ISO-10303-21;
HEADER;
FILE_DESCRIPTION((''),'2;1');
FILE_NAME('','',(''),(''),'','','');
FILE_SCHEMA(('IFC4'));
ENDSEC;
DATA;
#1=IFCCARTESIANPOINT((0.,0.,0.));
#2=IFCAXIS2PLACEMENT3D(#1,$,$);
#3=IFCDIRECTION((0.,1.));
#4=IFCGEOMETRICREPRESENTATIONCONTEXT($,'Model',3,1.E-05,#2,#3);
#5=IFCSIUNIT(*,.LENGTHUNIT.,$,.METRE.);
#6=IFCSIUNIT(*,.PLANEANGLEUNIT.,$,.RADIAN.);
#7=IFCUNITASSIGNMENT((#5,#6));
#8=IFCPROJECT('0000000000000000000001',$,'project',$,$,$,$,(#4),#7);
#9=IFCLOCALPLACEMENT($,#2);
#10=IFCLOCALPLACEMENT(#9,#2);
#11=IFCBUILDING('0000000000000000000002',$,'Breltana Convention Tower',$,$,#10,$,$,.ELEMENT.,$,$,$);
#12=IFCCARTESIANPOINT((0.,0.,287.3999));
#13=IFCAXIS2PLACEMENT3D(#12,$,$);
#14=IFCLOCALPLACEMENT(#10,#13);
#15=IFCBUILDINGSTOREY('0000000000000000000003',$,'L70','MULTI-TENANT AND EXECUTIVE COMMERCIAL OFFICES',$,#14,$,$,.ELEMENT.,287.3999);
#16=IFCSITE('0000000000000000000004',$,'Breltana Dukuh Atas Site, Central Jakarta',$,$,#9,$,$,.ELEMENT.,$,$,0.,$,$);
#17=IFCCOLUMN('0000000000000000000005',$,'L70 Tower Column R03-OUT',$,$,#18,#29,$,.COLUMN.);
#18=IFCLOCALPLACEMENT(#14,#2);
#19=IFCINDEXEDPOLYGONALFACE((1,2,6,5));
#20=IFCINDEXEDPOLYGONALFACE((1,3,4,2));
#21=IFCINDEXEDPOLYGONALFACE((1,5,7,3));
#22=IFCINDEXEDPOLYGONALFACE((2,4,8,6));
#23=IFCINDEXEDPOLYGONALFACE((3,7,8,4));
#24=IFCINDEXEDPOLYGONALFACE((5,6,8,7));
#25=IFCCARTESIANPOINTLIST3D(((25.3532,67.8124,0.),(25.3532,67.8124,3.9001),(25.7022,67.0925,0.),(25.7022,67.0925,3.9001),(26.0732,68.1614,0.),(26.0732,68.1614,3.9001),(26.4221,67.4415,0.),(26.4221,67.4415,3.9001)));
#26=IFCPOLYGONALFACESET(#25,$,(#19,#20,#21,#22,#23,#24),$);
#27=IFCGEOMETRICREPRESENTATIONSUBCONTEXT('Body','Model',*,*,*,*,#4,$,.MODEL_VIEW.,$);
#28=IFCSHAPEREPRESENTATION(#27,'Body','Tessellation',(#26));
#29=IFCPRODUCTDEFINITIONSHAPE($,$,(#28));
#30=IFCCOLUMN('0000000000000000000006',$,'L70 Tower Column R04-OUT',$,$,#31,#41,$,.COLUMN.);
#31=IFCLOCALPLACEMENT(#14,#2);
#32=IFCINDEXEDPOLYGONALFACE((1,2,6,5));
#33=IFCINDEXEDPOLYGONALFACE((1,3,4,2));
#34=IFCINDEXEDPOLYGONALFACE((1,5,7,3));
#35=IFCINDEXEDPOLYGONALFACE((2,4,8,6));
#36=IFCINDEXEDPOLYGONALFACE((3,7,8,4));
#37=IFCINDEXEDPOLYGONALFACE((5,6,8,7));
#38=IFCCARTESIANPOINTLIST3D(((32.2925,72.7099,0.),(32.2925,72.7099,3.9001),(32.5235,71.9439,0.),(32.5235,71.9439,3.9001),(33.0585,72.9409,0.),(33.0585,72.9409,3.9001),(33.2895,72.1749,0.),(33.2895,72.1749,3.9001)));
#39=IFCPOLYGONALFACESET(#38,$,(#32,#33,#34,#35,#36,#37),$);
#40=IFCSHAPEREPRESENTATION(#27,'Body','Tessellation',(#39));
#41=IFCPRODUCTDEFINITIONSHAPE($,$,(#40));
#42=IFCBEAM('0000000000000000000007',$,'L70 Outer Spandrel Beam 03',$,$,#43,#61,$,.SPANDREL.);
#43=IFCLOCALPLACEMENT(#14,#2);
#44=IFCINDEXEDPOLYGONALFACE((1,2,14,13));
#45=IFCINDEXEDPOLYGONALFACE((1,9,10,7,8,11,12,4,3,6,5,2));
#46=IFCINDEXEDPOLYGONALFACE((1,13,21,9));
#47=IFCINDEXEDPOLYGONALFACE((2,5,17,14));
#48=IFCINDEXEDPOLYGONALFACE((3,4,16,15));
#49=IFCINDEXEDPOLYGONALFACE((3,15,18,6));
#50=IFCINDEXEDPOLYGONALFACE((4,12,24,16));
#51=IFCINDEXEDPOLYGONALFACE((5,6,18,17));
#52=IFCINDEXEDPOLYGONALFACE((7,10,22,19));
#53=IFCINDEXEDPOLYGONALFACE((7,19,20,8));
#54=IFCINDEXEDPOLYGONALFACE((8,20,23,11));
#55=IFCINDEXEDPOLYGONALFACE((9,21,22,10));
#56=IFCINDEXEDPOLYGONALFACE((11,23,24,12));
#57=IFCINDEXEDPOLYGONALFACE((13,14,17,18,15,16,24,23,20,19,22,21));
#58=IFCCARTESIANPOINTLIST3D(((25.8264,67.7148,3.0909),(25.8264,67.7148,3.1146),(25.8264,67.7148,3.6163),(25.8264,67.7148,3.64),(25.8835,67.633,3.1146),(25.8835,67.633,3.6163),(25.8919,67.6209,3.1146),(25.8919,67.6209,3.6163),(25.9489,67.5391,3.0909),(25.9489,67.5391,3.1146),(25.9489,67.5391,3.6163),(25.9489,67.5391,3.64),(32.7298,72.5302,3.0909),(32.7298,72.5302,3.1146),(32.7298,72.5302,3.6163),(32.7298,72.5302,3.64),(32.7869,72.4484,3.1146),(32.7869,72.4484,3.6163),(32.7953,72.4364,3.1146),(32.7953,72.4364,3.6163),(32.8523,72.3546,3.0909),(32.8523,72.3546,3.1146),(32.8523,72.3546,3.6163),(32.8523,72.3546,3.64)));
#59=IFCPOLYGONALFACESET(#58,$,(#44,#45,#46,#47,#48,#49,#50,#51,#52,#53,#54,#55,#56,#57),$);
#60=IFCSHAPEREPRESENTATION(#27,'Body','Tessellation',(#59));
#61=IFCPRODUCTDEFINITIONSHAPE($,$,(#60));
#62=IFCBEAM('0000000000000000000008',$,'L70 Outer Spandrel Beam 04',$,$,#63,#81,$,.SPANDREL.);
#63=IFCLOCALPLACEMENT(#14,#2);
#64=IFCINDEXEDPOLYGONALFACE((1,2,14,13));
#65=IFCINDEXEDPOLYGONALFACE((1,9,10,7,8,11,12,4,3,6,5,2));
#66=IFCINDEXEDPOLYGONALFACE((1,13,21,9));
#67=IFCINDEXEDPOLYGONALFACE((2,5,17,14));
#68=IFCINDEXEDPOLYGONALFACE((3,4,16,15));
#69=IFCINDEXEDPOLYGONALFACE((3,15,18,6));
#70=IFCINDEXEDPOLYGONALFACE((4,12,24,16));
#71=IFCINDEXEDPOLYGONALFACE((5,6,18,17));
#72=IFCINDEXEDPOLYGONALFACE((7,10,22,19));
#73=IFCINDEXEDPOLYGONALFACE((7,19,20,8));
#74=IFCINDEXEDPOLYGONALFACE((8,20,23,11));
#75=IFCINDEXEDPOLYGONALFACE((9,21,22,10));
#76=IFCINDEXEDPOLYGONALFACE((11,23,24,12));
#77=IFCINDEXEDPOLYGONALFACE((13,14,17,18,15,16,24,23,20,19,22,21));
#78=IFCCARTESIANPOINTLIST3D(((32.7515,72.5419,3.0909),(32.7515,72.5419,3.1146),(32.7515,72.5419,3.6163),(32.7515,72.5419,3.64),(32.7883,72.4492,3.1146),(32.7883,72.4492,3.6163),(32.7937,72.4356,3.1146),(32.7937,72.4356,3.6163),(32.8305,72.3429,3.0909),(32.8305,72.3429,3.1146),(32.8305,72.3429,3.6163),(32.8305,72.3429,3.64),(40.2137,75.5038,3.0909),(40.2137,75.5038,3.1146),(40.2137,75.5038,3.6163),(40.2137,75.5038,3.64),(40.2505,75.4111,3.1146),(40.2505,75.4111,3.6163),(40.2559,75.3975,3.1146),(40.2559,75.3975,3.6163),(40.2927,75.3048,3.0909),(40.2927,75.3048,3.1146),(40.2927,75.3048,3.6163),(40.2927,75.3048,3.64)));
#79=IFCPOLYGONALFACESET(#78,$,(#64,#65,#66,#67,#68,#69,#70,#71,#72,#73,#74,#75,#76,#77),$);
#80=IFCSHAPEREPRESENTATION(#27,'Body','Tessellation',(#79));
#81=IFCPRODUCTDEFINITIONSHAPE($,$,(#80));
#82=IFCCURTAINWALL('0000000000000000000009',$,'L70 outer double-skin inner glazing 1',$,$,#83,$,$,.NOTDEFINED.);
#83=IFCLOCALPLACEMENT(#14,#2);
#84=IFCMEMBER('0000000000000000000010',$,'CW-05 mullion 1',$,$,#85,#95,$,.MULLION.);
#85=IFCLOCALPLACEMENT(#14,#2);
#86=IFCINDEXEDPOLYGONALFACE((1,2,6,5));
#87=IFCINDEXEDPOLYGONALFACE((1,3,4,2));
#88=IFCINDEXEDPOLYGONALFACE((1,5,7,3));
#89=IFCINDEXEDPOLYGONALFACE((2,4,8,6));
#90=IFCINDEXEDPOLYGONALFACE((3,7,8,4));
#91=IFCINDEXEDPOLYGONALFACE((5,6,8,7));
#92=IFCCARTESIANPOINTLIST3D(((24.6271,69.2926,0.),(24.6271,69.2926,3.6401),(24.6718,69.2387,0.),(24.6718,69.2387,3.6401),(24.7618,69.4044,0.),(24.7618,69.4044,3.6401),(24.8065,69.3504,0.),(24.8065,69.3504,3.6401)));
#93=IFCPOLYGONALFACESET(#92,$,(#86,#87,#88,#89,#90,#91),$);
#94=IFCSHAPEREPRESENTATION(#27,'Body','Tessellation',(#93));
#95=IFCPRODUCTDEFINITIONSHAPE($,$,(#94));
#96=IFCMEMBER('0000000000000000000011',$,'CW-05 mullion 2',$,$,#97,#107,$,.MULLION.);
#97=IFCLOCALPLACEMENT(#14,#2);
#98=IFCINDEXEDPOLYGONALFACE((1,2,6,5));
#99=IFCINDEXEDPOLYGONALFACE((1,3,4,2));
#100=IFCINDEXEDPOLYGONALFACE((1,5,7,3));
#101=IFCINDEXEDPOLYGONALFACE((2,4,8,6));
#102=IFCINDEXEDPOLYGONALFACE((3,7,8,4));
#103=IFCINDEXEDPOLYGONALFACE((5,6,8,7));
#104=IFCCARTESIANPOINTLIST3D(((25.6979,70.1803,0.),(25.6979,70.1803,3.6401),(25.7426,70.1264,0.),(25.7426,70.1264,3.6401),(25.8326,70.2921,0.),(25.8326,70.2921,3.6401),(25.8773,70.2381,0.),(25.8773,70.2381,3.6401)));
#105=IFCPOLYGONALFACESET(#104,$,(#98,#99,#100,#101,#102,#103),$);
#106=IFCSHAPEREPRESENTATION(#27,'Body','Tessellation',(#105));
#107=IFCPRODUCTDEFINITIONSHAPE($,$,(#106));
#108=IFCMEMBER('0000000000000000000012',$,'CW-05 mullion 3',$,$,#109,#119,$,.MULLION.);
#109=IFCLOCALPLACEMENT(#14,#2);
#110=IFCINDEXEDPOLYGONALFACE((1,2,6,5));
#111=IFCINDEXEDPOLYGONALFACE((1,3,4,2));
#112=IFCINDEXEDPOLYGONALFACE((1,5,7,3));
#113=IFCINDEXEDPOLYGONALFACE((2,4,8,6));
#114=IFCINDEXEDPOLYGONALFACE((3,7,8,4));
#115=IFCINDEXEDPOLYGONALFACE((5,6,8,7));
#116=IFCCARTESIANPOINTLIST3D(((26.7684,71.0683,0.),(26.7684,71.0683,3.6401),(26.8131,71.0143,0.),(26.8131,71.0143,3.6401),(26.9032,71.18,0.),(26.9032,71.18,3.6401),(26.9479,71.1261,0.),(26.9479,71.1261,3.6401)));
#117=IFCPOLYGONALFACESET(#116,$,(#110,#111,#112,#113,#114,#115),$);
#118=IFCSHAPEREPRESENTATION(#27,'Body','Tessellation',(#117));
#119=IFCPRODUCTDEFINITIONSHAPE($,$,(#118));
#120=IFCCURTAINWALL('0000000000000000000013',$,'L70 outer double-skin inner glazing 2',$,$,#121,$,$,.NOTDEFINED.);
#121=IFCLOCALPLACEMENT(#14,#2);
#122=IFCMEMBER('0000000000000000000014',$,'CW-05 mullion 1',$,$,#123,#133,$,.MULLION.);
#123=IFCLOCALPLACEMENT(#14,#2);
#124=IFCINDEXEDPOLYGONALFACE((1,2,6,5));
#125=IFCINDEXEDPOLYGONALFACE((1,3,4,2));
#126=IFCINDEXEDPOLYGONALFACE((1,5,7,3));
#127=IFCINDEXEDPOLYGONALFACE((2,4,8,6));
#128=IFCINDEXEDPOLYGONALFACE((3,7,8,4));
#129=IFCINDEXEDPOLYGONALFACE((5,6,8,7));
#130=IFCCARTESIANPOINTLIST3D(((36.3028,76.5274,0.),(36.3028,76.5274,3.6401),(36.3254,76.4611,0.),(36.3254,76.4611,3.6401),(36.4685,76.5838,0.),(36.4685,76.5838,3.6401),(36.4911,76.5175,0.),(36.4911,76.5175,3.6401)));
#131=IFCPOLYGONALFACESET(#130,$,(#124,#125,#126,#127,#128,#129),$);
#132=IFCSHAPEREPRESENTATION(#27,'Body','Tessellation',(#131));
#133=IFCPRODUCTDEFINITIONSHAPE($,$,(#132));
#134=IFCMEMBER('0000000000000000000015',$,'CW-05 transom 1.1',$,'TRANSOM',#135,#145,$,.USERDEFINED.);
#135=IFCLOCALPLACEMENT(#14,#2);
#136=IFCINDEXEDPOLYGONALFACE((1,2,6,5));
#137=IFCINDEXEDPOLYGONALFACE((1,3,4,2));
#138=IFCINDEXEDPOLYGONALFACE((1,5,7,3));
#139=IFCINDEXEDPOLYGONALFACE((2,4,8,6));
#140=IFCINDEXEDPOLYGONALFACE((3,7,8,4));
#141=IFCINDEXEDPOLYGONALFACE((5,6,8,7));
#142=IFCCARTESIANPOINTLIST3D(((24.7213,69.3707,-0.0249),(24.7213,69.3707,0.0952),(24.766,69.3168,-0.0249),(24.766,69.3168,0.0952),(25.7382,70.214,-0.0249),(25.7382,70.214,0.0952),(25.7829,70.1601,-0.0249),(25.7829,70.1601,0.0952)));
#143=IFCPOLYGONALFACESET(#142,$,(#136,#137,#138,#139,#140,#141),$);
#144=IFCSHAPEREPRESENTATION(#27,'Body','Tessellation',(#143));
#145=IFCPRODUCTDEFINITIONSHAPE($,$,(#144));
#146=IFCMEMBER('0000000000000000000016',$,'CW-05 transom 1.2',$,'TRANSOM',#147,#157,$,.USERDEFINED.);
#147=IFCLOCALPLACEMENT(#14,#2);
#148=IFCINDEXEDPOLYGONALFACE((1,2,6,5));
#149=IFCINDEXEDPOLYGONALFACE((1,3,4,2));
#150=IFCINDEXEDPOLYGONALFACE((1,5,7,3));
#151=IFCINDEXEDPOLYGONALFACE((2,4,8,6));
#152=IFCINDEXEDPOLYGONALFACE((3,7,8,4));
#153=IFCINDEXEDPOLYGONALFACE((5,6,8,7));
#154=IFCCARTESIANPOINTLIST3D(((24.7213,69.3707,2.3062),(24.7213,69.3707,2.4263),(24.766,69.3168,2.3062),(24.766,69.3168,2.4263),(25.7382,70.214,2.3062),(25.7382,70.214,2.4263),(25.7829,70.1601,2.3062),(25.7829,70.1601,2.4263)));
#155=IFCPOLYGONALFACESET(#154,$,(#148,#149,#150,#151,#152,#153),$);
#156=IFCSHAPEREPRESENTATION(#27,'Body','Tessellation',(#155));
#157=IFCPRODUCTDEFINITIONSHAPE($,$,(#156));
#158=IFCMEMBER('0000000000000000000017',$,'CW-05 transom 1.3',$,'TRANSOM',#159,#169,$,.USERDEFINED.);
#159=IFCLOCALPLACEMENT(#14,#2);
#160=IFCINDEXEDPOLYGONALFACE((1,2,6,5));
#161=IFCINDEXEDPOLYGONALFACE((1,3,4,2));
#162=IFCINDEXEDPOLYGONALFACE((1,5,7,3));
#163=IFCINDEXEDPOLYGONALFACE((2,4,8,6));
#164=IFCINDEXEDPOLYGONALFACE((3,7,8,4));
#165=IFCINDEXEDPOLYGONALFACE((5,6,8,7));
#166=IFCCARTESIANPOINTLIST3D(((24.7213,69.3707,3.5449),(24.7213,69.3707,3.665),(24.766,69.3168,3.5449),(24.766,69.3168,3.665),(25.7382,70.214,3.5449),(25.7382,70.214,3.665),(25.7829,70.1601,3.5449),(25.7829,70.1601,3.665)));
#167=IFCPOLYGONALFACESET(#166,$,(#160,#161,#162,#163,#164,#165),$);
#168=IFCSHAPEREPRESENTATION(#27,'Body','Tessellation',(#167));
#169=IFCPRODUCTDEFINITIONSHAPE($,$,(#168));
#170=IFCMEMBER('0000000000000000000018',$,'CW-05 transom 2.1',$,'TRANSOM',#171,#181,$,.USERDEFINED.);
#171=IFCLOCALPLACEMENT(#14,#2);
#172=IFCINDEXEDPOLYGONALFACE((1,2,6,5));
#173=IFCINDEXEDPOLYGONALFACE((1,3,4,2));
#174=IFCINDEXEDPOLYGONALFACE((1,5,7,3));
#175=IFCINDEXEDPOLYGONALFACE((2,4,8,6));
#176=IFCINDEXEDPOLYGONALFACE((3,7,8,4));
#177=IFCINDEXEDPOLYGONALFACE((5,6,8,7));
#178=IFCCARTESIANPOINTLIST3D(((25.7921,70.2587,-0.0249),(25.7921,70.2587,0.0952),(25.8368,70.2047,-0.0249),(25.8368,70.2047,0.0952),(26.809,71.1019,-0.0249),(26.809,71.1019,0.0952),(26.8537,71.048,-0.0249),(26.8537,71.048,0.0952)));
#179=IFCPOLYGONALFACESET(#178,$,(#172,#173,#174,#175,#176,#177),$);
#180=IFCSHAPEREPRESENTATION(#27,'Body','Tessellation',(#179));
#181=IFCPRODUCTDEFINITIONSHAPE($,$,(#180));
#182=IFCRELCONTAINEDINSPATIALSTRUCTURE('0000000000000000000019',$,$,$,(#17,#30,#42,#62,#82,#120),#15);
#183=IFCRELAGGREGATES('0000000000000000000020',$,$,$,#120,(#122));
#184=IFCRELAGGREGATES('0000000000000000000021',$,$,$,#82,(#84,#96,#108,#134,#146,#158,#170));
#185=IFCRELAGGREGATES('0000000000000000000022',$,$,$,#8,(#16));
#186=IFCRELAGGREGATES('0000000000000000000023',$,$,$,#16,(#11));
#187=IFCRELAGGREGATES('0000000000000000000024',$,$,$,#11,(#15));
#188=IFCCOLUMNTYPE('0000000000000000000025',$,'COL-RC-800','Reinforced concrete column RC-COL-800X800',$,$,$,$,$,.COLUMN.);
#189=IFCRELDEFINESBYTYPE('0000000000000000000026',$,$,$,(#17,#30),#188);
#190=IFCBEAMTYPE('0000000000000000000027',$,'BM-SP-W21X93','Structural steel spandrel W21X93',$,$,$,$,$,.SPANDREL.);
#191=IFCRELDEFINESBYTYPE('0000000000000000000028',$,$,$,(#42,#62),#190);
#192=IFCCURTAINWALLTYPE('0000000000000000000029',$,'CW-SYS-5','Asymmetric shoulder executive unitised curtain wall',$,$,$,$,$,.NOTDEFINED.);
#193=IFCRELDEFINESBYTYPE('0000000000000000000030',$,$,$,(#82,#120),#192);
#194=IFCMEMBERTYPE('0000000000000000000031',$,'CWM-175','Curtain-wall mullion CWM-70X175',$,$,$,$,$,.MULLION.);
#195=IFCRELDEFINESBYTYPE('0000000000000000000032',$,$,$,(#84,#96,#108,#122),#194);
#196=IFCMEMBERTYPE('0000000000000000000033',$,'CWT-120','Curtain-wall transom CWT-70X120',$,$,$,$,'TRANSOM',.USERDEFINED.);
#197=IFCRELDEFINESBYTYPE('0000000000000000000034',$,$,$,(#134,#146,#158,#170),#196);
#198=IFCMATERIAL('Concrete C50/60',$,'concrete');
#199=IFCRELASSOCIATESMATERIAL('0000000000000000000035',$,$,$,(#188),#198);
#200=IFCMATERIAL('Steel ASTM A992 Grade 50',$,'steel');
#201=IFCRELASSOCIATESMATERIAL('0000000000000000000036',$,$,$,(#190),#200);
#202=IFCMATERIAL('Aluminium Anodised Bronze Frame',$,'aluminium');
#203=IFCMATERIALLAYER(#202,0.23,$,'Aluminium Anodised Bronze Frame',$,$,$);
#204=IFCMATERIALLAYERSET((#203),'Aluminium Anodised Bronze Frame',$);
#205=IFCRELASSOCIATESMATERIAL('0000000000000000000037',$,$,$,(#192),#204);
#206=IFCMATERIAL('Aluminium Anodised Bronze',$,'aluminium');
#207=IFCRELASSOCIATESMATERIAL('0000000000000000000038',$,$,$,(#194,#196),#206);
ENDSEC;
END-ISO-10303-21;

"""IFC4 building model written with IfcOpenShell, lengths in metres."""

from ifc_helpers import new_model, si_unit, direction, frame, origin, origin_2d, place, context, subcontext, project, spatial, rectangle, i_section, extrude, source, transform, mapped, material, layer, layer_set, material_profile, profile_set, type_object, element, aggregate, save


model = new_model("IFC4")

# Units and contexts
model_context = context("Model", 3, precision=1e-05, world=origin(), true_north=direction((0.0, 1.0)))
body_context = subcontext(model_context, "Body", "Model", "MODEL_VIEW")
ifc_project = project(units=[si_unit("LENGTHUNIT", "METRE"), si_unit("PLANEANGLEUNIT", "RADIAN")], contexts=[model_context])

# Site, building, storey
site_placement = place(None, origin())
site = spatial("IfcSite", under=ifc_project, at=site_placement, Name="Breltana Dukuh Atas Site, Central Jakarta", CompositionType="ELEMENT", RefElevation=0.0)
building_placement = place(site_placement, origin())
building = spatial("IfcBuilding", under=site, at=building_placement, Name="Breltana Convention Tower", CompositionType="ELEMENT")
storey_placement = place(building_placement, frame((0.0, 0.0, 287.3999)))
storey = spatial("IfcBuildingStorey", under=building, at=storey_placement, Name="L70", Description="MULTI-TENANT AND EXECUTIVE COMMERCIAL OFFICES", CompositionType="ELEMENT", Elevation=287.3999)

# Columns
ifc_material_1 = material(Name="Concrete C50/60", Category="concrete")
ifc_material_profile_1 = material_profile(ifc_material_1, rectangle(XDim=0.8, YDim=0.8, at=origin_2d()), Name="RC-COL-800X800")
ifc_profile_set_1 = profile_set([ifc_material_profile_1], Name="Concrete C50/60")
column_type = type_object("IfcColumnType", Name="COL-RC-800", Description="Reinforced concrete column RC-COL-800X800", PredefinedType="COLUMN", material=ifc_profile_set_1)
shared_shape_1 = source(origin(), body_context, "Body", "SweptSolid", [
    extrude(rectangle(XDim=0.8, YDim=0.8, at=origin_2d()), origin(), (0.0, 0.0, 1.0), 3.9001),
])
for number, where, z_axis, x_axis, name in (
    (1, (25.8877, 67.627, 0.0), (0.0, 0.0, 1.0), (-0.436174, 0.899863, 0.0), "L70 Tower Column R03-OUT"),
    (2, (32.791, 72.4424, 0.0), (0.0, 0.0, 1.0), (-0.288698, 0.95742, 0.0), "L70 Tower Column R04-OUT"),
):
    element("IfcColumn", number, at=place(storey_placement, frame(where, z_axis=z_axis, x_axis=x_axis)), inside=storey, type_object=column_type, Name=name, PredefinedType="COLUMN", context=body_context, shape_type="MappedRepresentation", body=[
        mapped(shared_shape_1, transform((0.0, 0.0, 0.0), scale=1.0)),
    ])

# Beams
ifc_material_2 = material(Name="Steel ASTM A992 Grade 50", Category="steel")
ifc_material_profile_2 = material_profile(ifc_material_2, i_section(OverallWidth=0.2141, OverallDepth=0.5491, WebThickness=0.0146, FlangeThickness=0.0237, at=origin_2d()), Name="W21X93")
ifc_profile_set_2 = profile_set([ifc_material_profile_2], Name="Steel ASTM A992 Grade 50")
beam_type = type_object("IfcBeamType", Name="BM-SP-W21X93", Description="Structural steel spandrel W21X93", PredefinedType="SPANDREL", material=ifc_profile_set_2)
shared_shape_2 = source(origin(), body_context, "Body", "SweptSolid", [
    extrude(i_section(OverallWidth=0.2141, OverallDepth=0.5491, WebThickness=0.0146, FlangeThickness=0.0237, at=origin_2d()), origin(), (0.0, 0.0, 1.0), 8.417),
])
beam_1_placement = place(storey_placement, frame((25.8877, 67.627, 3.3655), z_axis=(0.820174, 0.572114, 0.0), x_axis=(-0.572114, 0.820174, 0.0)))
element("IfcBeam", 3, at=beam_1_placement, inside=storey, type_object=beam_type, Name="L70 Outer Spandrel Beam 03", PredefinedType="SPANDREL", context=body_context, shape_type="MappedRepresentation", body=[
    mapped(shared_shape_2, transform((0.0, 0.0, 0.0), scale=1.0)),
])
shared_shape_3 = source(origin(), body_context, "Body", "SweptSolid", [
    extrude(i_section(OverallWidth=0.2141, OverallDepth=0.5491, WebThickness=0.0146, FlangeThickness=0.0237, at=origin_2d()), origin(), (0.0, 0.0, 1.0), 8.0286),
])
beam_2_placement = place(storey_placement, frame((32.791, 72.4424, 3.3655), z_axis=(0.929459, 0.368925, 0.0), x_axis=(-0.368925, 0.929459, 0.0)))
element("IfcBeam", 4, at=beam_2_placement, inside=storey, type_object=beam_type, Name="L70 Outer Spandrel Beam 04", PredefinedType="SPANDREL", context=body_context, shape_type="MappedRepresentation", body=[
    mapped(shared_shape_3, transform((0.0, 0.0, 0.0), scale=1.0)),
])

# Curtain wall, members
ifc_material_3 = material(Name="Aluminium Anodised Bronze Frame", Category="aluminium")
ifc_layer_1 = layer(ifc_material_3, 0.23, Name="Aluminium Anodised Bronze Frame")
ifc_layer_set_1 = layer_set([ifc_layer_1], Name="Aluminium Anodised Bronze Frame")
curtain_wall_type = type_object("IfcCurtainWallType", Name="CW-SYS-5", Description="Asymmetric shoulder executive unitised curtain wall", PredefinedType="NOTDEFINED", material=ifc_layer_set_1)
curtain_wall_1_placement = place(storey_placement, origin())
curtain_wall_1 = element("IfcCurtainWall", 5, at=curtain_wall_1_placement, inside=storey, type_object=curtain_wall_type, Name="L70 outer double-skin inner glazing 1", PredefinedType="NOTDEFINED")
ifc_material_4 = material(Name="Aluminium Anodised Bronze", Category="aluminium")
ifc_material_profile_3 = material_profile(ifc_material_4, rectangle(XDim=0.0701, YDim=0.175, at=origin_2d()), Name="CWM-70X175")
ifc_profile_set_3 = profile_set([ifc_material_profile_3], Name="Aluminium Anodised Bronze")
member_type_1 = type_object("IfcMemberType", Name="CWM-175", Description="Curtain-wall mullion CWM-70X175", PredefinedType="MULLION", material=ifc_profile_set_3)
shared_shape_4 = source(origin(), body_context, "Body", "SweptSolid", [
    extrude(rectangle(XDim=0.0701, YDim=0.175, at=origin_2d()), origin(), (0.0, 0.0, 1.0), 3.6401),
])
member_1_placement = place(storey_placement, frame((24.7168, 69.3215, 0.0), z_axis=(0.0, 0.0, 1.0), x_axis=(-0.63832, 0.769771, 0.0)))
member_1 = element("IfcMember", 6, at=member_1_placement, type_object=member_type_1, Name="CW-05 mullion 1", PredefinedType="MULLION", context=body_context, shape_type="MappedRepresentation", body=[
    mapped(shared_shape_4, transform((0.0, 0.0, 0.0), scale=1.0)),
])
member_2_placement = place(storey_placement, frame((25.7876, 70.2092, 0.0), z_axis=(0.0, 0.0, 1.0), x_axis=(-0.63832, 0.769771, 0.0)))
member_2 = element("IfcMember", 7, at=member_2_placement, type_object=member_type_1, Name="CW-05 mullion 2", PredefinedType="MULLION", context=body_context, shape_type="MappedRepresentation", body=[
    mapped(shared_shape_4, transform((0.0, 0.0, 0.0), scale=1.0)),
])
member_3_placement = place(storey_placement, frame((26.8582, 71.0972, 0.0), z_axis=(0.0, 0.0, 1.0), x_axis=(-0.63832, 0.769771, 0.0)))
member_3 = element("IfcMember", 8, at=member_3_placement, type_object=member_type_1, Name="CW-05 mullion 3", PredefinedType="MULLION", context=body_context, shape_type="MappedRepresentation", body=[
    mapped(shared_shape_4, transform((0.0, 0.0, 0.0), scale=1.0)),
])

# Curtain wall, member
curtain_wall_2_placement = place(storey_placement, origin())
curtain_wall_2 = element("IfcCurtainWall", 9, at=curtain_wall_2_placement, inside=storey, type_object=curtain_wall_type, Name="L70 outer double-skin inner glazing 2", PredefinedType="NOTDEFINED")
member_4_placement = place(storey_placement, frame((36.397, 76.5225, 0.0), z_axis=(0.0, 0.0, 1.0), x_axis=(-0.322187, 0.946676, 0.0)))
member_4 = element("IfcMember", 10, at=member_4_placement, type_object=member_type_1, Name="CW-05 mullion 1", PredefinedType="MULLION", context=body_context, shape_type="MappedRepresentation", body=[
    mapped(shared_shape_4, transform((0.0, 0.0, 0.0), scale=1.0)),
])

# Members
ifc_material_profile_4 = material_profile(ifc_material_4, rectangle(XDim=0.0701, YDim=0.1201, at=origin_2d()), Name="CWT-70X120")
ifc_profile_set_4 = profile_set([ifc_material_profile_4], Name="Aluminium Anodised Bronze")
member_type_2 = type_object("IfcMemberType", Name="CWT-120", Description="Curtain-wall transom CWT-70X120", ElementType="TRANSOM", PredefinedType="USERDEFINED", material=ifc_profile_set_4)
shared_shape_5 = source(origin(), body_context, "Body", "SweptSolid", [
    extrude(rectangle(XDim=0.0701, YDim=0.1201, at=origin_2d()), origin(), (0.0, 0.0, 1.0), 1.321),
])
member_5_placement = place(storey_placement, frame((24.7437, 69.3438, 0.0352), z_axis=(0.769749, 0.638347, 0.0), x_axis=(-0.638347, 0.769749, 0.0)))
member_5 = element("IfcMember", 11, at=member_5_placement, type_object=member_type_2, Name="CW-05 transom 1.1", ObjectType="TRANSOM", PredefinedType="USERDEFINED", context=body_context, shape_type="MappedRepresentation", body=[
    mapped(shared_shape_5, transform((0.0, 0.0, 0.0), scale=1.0)),
])
member_6_placement = place(storey_placement, frame((24.7437, 69.3438, 2.3662), z_axis=(0.769749, 0.638347, 0.0), x_axis=(-0.638347, 0.769749, 0.0)))
member_6 = element("IfcMember", 12, at=member_6_placement, type_object=member_type_2, Name="CW-05 transom 1.2", ObjectType="TRANSOM", PredefinedType="USERDEFINED", context=body_context, shape_type="MappedRepresentation", body=[
    mapped(shared_shape_5, transform((0.0, 0.0, 0.0), scale=1.0)),
])
member_7_placement = place(storey_placement, frame((24.7437, 69.3438, 3.605), z_axis=(0.769749, 0.638347, 0.0), x_axis=(-0.638347, 0.769749, 0.0)))
member_7 = element("IfcMember", 13, at=member_7_placement, type_object=member_type_2, Name="CW-05 transom 1.3", ObjectType="TRANSOM", PredefinedType="USERDEFINED", context=body_context, shape_type="MappedRepresentation", body=[
    mapped(shared_shape_5, transform((0.0, 0.0, 0.0), scale=1.0)),
])
member_8_placement = place(storey_placement, frame((25.8145, 70.2317, 0.0352), z_axis=(0.769749, 0.638347, 0.0), x_axis=(-0.638347, 0.769749, 0.0)))
member_8 = element("IfcMember", 14, at=member_8_placement, type_object=member_type_2, Name="CW-05 transom 2.1", ObjectType="TRANSOM", PredefinedType="USERDEFINED", context=body_context, shape_type="MappedRepresentation", body=[
    mapped(shared_shape_5, transform((0.0, 0.0, 0.0), scale=1.0)),
])
aggregate(curtain_wall_2, [member_4])

aggregate(curtain_wall_1, [member_1, member_2, member_3, member_5, member_6, member_7, member_8])

save(model, "model.ifc")
